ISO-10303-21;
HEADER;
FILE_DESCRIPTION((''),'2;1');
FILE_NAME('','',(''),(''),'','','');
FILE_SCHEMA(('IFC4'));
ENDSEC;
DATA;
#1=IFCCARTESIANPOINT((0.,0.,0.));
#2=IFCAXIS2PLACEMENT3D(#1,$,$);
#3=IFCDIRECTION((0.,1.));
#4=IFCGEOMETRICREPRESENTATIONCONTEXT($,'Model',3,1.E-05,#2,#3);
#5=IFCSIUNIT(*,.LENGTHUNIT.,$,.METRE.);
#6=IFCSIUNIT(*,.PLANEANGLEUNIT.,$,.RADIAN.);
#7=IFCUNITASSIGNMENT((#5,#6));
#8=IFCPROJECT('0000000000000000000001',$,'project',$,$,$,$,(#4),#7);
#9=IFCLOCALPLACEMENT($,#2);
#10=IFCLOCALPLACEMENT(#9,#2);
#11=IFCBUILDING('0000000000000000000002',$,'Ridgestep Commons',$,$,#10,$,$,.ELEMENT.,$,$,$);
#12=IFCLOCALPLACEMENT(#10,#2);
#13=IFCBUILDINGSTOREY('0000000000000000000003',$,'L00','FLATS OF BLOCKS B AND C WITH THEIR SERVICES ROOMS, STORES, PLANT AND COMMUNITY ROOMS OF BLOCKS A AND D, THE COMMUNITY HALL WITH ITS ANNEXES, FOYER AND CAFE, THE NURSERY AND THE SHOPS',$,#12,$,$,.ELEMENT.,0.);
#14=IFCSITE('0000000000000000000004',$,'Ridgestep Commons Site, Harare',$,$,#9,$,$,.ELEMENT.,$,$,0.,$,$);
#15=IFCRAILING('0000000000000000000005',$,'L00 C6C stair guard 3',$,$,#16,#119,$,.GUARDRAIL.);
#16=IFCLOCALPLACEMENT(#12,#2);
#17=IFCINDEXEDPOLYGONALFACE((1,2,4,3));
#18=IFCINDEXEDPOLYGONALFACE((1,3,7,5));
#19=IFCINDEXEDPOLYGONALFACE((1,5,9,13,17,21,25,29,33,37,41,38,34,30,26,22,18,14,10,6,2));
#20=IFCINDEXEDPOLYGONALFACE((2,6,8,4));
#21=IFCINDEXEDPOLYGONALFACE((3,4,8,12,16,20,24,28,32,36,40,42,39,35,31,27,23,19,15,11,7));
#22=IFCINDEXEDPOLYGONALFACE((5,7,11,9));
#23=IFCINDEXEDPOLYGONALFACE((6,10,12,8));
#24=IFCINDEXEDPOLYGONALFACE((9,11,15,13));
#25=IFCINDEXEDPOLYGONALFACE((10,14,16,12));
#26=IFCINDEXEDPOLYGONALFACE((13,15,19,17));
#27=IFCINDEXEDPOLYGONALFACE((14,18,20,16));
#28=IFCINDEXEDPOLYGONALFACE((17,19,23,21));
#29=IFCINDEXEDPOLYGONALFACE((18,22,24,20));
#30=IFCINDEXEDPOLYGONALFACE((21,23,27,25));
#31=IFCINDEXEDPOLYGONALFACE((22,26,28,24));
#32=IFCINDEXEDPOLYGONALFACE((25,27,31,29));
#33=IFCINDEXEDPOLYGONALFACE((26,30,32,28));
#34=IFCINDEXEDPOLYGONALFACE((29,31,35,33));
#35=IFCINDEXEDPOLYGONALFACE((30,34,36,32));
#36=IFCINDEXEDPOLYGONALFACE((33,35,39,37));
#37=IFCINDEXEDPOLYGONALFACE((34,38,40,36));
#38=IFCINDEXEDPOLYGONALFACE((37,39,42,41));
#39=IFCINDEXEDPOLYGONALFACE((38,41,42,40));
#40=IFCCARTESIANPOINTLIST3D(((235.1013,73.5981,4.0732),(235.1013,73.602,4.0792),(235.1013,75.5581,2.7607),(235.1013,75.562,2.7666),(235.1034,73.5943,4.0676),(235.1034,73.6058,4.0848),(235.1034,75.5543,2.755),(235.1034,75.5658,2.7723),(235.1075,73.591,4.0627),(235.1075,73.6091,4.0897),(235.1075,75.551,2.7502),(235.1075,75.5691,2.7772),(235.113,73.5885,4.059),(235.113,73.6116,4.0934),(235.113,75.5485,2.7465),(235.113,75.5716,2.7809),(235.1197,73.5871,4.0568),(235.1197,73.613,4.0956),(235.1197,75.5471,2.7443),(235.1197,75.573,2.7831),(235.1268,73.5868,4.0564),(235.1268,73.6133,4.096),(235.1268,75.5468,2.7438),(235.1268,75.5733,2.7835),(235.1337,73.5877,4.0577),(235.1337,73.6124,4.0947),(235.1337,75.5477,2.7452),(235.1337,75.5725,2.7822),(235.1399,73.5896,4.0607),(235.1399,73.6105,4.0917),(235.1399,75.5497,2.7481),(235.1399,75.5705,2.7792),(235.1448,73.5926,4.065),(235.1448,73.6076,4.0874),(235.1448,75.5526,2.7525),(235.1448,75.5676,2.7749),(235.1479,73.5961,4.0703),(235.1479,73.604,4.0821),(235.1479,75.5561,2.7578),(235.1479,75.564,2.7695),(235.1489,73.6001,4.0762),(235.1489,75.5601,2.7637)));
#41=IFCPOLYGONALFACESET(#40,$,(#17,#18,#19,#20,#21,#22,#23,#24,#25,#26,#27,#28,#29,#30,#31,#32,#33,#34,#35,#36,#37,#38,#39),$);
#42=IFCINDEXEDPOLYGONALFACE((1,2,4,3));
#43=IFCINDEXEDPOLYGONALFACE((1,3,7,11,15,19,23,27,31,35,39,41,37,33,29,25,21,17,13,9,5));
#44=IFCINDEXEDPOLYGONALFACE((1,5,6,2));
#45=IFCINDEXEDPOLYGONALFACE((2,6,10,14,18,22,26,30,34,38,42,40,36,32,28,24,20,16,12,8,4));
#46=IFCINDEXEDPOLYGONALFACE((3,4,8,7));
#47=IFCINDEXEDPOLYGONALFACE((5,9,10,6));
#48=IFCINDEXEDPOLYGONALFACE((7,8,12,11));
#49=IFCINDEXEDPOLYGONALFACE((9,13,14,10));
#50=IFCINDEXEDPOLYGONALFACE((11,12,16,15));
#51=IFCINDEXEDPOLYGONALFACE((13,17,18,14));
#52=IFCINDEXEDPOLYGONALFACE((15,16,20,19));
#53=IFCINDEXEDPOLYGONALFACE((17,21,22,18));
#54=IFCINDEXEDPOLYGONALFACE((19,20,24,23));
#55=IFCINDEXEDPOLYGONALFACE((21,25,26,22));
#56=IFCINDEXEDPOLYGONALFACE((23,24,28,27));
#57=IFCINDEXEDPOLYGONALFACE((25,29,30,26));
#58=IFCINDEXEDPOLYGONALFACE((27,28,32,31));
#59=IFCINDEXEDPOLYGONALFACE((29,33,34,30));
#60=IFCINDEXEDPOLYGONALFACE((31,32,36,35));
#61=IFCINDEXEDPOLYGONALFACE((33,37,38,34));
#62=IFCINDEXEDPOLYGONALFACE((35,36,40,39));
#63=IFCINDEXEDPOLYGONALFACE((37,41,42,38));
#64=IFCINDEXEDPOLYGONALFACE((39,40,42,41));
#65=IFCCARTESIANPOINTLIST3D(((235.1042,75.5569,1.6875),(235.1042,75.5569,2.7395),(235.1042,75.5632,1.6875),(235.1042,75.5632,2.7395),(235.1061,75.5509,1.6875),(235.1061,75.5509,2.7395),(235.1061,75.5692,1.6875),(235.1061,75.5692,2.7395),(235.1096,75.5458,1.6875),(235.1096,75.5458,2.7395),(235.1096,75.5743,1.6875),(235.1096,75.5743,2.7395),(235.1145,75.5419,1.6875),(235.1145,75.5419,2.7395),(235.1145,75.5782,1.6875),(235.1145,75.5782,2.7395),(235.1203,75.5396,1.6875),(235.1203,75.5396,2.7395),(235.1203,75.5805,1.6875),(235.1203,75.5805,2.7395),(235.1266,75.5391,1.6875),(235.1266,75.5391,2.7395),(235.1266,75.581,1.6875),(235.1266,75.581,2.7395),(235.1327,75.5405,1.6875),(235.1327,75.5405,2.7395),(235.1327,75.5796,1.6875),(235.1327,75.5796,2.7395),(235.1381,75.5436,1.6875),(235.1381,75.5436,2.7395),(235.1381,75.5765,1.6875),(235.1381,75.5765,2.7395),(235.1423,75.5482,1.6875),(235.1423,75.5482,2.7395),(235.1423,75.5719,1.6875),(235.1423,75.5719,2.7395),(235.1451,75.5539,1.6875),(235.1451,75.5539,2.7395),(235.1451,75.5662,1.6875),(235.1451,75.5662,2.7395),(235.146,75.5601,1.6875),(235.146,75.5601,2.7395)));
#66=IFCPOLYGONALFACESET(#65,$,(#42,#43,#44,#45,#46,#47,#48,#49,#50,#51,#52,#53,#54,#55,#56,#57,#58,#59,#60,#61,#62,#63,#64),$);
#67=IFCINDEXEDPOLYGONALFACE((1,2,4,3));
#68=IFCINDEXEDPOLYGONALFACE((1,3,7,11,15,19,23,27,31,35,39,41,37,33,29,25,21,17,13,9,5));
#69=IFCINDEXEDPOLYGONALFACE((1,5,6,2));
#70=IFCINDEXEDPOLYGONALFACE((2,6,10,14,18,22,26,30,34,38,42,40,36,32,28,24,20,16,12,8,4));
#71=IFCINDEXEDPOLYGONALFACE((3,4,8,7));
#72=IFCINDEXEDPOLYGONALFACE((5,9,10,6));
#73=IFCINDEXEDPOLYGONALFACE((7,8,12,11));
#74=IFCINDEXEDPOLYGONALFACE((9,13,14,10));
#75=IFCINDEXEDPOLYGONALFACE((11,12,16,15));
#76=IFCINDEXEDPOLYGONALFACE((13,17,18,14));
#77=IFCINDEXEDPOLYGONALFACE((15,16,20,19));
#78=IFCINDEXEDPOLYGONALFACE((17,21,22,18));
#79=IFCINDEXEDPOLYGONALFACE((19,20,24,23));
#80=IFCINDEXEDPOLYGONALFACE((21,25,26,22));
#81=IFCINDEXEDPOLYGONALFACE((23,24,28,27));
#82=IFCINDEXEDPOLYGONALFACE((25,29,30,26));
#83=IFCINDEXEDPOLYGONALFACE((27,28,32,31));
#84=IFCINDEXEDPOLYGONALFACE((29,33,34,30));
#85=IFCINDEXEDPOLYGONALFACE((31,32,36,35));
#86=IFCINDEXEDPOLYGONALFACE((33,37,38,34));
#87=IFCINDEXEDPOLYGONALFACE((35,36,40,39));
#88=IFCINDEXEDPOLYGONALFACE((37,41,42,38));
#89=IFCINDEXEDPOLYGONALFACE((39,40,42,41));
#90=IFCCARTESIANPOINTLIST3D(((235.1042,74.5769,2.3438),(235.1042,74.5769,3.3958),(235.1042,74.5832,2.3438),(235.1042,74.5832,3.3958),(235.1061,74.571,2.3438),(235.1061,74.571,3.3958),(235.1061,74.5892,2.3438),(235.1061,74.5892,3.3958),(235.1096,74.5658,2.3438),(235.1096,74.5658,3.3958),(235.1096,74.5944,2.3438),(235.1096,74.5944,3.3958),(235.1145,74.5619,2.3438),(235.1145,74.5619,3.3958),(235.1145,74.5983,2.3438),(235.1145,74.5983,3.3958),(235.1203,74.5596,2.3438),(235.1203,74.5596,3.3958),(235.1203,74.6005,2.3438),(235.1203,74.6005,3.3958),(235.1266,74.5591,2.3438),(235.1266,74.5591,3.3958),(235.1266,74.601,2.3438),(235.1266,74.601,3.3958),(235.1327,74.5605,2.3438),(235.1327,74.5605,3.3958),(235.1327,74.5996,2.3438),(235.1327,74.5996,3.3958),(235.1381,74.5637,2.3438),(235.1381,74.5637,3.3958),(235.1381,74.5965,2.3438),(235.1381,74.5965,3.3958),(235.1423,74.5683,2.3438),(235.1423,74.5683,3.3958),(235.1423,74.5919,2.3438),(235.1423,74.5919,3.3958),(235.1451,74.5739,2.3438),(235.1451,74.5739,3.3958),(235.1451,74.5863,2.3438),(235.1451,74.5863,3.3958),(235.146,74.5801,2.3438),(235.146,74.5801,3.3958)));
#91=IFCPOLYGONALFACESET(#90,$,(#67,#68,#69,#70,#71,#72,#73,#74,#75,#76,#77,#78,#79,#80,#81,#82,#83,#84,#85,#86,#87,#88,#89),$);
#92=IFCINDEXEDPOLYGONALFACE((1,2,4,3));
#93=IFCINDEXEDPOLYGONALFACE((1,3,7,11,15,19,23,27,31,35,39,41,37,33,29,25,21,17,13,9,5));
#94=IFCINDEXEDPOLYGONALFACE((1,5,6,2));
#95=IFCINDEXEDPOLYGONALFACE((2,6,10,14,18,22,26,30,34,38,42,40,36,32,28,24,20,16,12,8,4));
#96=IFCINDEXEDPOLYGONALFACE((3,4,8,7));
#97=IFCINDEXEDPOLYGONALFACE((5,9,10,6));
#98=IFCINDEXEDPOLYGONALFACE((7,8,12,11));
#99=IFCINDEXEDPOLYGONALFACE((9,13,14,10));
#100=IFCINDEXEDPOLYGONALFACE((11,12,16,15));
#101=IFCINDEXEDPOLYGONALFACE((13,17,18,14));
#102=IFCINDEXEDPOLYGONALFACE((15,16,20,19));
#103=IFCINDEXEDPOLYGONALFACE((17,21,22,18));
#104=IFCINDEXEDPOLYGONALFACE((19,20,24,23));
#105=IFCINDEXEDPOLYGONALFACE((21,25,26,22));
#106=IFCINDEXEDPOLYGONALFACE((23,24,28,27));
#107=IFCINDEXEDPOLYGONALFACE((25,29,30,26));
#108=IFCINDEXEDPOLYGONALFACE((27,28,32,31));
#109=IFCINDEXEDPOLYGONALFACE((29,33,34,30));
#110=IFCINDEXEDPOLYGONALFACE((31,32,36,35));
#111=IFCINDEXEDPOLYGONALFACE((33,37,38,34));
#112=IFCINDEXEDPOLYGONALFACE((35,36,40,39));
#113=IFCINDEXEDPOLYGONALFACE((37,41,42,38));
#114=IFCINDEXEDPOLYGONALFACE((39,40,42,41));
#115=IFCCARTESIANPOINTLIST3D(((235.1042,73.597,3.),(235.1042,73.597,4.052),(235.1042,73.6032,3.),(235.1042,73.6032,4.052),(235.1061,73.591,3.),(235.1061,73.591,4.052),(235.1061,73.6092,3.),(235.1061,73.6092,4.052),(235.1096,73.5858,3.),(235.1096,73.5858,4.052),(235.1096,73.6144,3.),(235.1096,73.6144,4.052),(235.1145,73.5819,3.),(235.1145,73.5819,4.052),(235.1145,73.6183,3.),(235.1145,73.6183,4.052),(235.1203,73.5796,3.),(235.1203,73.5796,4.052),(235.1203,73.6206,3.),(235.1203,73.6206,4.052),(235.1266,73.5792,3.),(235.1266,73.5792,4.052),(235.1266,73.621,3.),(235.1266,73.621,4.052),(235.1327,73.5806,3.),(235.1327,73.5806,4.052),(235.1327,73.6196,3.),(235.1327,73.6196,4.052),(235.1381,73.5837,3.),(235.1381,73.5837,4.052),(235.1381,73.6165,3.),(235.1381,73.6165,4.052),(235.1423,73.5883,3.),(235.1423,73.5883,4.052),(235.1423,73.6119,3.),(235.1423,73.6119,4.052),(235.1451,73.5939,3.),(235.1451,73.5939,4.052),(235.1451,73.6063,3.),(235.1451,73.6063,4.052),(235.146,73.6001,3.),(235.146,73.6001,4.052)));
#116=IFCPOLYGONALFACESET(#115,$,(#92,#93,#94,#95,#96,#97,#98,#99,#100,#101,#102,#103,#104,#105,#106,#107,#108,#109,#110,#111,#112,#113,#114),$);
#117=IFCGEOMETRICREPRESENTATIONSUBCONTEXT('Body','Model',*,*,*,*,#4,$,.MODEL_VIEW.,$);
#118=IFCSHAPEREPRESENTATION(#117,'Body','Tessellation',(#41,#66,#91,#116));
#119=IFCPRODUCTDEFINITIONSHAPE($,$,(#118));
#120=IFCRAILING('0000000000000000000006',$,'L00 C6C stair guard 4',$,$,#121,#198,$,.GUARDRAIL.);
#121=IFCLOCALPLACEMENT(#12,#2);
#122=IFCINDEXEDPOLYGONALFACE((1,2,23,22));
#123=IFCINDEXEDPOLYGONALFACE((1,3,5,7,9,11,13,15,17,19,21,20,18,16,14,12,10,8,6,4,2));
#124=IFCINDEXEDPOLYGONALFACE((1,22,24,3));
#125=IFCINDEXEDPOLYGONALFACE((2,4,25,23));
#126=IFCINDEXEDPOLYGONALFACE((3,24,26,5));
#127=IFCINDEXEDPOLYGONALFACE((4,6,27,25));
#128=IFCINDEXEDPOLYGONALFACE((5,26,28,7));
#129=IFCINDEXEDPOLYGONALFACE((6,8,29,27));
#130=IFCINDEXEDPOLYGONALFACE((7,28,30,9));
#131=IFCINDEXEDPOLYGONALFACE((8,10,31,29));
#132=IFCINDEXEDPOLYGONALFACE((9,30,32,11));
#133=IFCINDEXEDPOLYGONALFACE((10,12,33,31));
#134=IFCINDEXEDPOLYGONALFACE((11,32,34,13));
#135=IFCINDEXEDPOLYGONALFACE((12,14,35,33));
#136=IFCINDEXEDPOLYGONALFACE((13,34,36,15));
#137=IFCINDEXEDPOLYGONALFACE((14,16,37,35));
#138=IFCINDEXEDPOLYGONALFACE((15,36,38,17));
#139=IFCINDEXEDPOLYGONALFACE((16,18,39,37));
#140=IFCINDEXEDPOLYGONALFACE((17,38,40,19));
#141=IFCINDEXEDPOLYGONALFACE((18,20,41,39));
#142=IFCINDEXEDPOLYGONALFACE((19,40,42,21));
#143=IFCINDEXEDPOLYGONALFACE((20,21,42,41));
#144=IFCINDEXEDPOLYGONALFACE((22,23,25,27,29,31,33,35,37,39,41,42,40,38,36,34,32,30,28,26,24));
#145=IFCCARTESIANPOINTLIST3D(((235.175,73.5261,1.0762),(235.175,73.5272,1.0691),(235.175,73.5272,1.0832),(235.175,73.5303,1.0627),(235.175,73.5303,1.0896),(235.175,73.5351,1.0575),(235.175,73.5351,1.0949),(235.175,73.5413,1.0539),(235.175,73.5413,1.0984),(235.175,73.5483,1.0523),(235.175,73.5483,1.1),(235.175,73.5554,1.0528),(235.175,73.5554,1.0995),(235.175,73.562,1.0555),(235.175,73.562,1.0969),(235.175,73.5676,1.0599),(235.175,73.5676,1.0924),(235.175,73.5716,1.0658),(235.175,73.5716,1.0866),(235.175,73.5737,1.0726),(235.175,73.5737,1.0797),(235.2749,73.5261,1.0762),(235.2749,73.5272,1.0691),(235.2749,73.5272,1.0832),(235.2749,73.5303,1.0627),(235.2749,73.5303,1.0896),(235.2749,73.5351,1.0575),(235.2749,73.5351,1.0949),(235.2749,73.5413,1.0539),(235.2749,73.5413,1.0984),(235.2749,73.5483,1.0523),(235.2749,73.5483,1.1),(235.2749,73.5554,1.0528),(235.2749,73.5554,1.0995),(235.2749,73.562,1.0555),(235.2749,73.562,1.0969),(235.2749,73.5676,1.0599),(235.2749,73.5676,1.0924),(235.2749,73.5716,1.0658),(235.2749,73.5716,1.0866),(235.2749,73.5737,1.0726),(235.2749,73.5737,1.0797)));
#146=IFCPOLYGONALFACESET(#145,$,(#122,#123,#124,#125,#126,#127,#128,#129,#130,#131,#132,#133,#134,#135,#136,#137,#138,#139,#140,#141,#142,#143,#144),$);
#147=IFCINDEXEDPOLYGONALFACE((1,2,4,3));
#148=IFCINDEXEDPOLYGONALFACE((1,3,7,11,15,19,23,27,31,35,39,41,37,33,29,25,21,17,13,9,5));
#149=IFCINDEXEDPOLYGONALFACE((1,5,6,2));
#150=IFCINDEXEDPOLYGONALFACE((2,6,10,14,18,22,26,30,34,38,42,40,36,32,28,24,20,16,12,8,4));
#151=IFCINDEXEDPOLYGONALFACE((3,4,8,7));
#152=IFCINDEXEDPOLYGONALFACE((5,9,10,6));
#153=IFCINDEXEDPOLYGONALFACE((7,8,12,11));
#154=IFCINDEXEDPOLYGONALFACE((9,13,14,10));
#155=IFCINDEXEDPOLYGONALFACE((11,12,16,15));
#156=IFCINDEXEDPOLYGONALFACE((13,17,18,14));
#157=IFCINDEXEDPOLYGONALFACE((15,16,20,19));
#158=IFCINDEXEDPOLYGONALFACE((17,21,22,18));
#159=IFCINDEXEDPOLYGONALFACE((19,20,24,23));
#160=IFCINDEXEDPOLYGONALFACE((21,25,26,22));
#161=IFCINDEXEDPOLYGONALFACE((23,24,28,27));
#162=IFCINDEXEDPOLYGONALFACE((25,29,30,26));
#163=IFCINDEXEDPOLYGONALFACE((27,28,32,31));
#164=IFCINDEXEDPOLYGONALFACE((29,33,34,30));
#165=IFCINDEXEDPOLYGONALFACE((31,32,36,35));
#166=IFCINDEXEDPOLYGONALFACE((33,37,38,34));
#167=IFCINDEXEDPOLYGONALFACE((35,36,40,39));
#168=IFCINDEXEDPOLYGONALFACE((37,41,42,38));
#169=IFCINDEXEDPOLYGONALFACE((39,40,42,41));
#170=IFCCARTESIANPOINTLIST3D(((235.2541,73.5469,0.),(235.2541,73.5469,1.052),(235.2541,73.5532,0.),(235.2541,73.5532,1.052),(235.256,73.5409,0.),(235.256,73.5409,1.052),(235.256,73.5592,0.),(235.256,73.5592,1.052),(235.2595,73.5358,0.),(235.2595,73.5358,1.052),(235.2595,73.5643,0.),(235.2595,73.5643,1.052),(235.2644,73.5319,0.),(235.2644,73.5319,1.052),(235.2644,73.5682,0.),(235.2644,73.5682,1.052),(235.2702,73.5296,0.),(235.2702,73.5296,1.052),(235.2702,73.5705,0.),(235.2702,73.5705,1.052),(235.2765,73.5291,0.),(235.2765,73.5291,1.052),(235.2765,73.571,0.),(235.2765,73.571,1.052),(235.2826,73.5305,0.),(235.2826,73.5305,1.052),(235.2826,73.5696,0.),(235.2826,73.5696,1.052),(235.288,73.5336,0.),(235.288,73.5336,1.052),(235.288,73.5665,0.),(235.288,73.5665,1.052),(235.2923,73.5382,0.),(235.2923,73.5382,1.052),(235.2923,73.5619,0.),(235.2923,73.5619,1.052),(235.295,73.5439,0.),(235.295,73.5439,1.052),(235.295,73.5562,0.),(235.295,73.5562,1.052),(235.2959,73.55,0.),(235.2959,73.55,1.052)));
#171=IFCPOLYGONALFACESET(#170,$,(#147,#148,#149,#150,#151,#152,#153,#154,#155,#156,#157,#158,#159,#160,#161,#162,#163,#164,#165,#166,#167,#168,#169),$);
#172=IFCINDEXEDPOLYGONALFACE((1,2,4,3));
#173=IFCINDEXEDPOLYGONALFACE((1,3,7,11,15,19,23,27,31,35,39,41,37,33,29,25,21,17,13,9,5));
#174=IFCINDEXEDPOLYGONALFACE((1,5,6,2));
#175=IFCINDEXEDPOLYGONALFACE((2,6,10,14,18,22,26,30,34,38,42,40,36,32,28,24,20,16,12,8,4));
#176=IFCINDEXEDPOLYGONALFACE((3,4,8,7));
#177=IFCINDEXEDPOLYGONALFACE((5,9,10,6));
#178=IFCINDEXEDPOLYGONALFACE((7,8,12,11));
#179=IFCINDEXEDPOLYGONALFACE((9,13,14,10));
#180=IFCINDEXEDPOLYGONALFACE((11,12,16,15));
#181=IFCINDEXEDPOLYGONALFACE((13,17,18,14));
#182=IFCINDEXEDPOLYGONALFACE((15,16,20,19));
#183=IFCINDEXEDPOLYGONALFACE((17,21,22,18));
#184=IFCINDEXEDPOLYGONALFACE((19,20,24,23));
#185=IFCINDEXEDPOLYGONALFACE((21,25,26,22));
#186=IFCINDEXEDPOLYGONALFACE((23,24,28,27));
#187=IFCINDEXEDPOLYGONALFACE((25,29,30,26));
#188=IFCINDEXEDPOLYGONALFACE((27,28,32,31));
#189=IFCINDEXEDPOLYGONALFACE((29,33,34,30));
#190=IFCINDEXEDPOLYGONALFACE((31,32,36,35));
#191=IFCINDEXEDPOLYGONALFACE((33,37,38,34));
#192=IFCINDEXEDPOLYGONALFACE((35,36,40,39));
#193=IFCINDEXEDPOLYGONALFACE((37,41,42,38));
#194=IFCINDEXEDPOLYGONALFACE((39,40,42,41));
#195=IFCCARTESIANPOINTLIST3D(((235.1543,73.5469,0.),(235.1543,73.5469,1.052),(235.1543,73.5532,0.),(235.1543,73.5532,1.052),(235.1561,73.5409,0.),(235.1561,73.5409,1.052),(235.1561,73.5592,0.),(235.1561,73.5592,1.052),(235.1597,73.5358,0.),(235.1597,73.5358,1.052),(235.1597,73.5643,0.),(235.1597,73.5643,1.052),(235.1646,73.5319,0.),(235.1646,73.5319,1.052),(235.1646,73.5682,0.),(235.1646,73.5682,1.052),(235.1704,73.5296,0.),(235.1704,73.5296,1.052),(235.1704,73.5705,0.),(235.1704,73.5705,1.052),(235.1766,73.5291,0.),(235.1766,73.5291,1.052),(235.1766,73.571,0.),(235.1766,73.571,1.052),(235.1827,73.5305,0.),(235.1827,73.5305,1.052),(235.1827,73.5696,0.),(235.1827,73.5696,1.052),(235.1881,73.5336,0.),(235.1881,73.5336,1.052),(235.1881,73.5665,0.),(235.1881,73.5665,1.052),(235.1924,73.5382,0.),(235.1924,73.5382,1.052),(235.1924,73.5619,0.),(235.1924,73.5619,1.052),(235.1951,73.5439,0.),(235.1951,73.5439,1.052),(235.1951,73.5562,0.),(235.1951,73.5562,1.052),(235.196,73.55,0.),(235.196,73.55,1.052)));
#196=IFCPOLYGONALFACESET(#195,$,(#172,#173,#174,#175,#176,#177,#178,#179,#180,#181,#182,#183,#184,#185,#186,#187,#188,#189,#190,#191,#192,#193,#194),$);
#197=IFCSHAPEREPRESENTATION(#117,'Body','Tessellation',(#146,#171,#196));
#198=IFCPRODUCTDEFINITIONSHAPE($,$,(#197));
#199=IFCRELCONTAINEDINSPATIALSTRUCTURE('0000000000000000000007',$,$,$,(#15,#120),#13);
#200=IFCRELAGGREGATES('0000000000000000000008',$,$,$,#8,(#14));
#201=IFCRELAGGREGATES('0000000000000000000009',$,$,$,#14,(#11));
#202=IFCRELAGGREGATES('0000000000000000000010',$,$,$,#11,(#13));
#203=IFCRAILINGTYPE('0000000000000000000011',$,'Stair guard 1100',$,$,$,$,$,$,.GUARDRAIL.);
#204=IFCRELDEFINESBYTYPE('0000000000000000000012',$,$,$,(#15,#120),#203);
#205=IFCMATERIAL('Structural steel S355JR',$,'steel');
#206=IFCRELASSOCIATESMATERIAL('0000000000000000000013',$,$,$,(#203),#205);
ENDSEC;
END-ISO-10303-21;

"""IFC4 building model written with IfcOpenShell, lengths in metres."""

from ifc_helpers import new_model, si_unit, direction, frame, origin, origin_2d, place, context, subcontext, project, spatial, circle, extrude, material, type_object, element, save


model = new_model("IFC4")

# Units and contexts
model_context = context("Model", 3, precision=1e-05, world=origin(), true_north=direction((0.0, 1.0)))
body_context = subcontext(model_context, "Body", "Model", "MODEL_VIEW")
ifc_project = project(units=[si_unit("LENGTHUNIT", "METRE"), si_unit("PLANEANGLEUNIT", "RADIAN")], contexts=[model_context])

# Site, building, storey
site_placement = place(None, origin())
site = spatial("IfcSite", under=ifc_project, at=site_placement, Name="Ridgestep Commons Site, Harare", CompositionType="ELEMENT", RefElevation=0.0)
building_placement = place(site_placement, origin())
building = spatial("IfcBuilding", under=site, at=building_placement, Name="Ridgestep Commons", CompositionType="ELEMENT")
storey_placement = place(building_placement, origin())
storey = spatial("IfcBuildingStorey", under=building, at=storey_placement, Name="L00", Description="FLATS OF BLOCKS B AND C WITH THEIR SERVICES ROOMS, STORES, PLANT AND COMMUNITY ROOMS OF BLOCKS A AND D, THE COMMUNITY HALL WITH ITS ANNEXES, FOYER AND CAFE, THE NURSERY AND THE SHOPS", CompositionType="ELEMENT", Elevation=0.0)

# Railings
ifc_material_1 = material(Name="Structural steel S355JR", Category="steel")
railing_type_1 = type_object("IfcRailingType", Name="Stair guard 1100", PredefinedType="GUARDRAIL", material=ifc_material_1)
railing_1_placement = place(storey_placement, frame((235.125, 75.5601, 1.6875)))
element("IfcRailing", 1, at=railing_1_placement, inside=storey, type_object=railing_type_1, Name="L00 C6C stair guard 3", PredefinedType="GUARDRAIL", context=body_context, shape_type="SweptSolid", body=[
    extrude(circle(Radius=0.0239, at=origin_2d()), frame((0.0, 0.0, 1.0762), z_axis=(0.0, -0.830902, 0.556419), x_axis=(1.0, 0.0, 0.0)), (0.0, 0.0, 1.0), 2.3589),
    extrude(circle(Radius=0.021, at=origin_2d()), origin(), (0.0, 0.0, 1.0), 1.052),
    extrude(circle(Radius=0.021, at=origin_2d()), frame((0.0, -0.98, 0.6562)), (0.0, 0.0, 1.0), 1.052),
    extrude(circle(Radius=0.021, at=origin_2d()), frame((0.0, -1.96, 1.3125)), (0.0, 0.0, 1.0), 1.052),
])
railing_2_placement = place(storey_placement, frame((235.2749, 73.55, 0.0)))
element("IfcRailing", 2, at=railing_2_placement, inside=storey, type_object=railing_type_1, Name="L00 C6C stair guard 4", PredefinedType="GUARDRAIL", context=body_context, shape_type="SweptSolid", body=[
    extrude(circle(Radius=0.0239, at=origin_2d()), frame((0.0, 0.0, 1.0762), z_axis=(-1.0, 0.0, 0.0), x_axis=(0.0, -1.0, 0.0)), (0.0, 0.0, 1.0), 0.0999),
    extrude(circle(Radius=0.021, at=origin_2d()), origin(), (0.0, 0.0, 1.0), 1.052),
    extrude(circle(Radius=0.021, at=origin_2d()), frame((-0.0999, 0.0, 0.0)), (0.0, 0.0, 1.0), 1.052),
])

save(model, "model.ifc")
